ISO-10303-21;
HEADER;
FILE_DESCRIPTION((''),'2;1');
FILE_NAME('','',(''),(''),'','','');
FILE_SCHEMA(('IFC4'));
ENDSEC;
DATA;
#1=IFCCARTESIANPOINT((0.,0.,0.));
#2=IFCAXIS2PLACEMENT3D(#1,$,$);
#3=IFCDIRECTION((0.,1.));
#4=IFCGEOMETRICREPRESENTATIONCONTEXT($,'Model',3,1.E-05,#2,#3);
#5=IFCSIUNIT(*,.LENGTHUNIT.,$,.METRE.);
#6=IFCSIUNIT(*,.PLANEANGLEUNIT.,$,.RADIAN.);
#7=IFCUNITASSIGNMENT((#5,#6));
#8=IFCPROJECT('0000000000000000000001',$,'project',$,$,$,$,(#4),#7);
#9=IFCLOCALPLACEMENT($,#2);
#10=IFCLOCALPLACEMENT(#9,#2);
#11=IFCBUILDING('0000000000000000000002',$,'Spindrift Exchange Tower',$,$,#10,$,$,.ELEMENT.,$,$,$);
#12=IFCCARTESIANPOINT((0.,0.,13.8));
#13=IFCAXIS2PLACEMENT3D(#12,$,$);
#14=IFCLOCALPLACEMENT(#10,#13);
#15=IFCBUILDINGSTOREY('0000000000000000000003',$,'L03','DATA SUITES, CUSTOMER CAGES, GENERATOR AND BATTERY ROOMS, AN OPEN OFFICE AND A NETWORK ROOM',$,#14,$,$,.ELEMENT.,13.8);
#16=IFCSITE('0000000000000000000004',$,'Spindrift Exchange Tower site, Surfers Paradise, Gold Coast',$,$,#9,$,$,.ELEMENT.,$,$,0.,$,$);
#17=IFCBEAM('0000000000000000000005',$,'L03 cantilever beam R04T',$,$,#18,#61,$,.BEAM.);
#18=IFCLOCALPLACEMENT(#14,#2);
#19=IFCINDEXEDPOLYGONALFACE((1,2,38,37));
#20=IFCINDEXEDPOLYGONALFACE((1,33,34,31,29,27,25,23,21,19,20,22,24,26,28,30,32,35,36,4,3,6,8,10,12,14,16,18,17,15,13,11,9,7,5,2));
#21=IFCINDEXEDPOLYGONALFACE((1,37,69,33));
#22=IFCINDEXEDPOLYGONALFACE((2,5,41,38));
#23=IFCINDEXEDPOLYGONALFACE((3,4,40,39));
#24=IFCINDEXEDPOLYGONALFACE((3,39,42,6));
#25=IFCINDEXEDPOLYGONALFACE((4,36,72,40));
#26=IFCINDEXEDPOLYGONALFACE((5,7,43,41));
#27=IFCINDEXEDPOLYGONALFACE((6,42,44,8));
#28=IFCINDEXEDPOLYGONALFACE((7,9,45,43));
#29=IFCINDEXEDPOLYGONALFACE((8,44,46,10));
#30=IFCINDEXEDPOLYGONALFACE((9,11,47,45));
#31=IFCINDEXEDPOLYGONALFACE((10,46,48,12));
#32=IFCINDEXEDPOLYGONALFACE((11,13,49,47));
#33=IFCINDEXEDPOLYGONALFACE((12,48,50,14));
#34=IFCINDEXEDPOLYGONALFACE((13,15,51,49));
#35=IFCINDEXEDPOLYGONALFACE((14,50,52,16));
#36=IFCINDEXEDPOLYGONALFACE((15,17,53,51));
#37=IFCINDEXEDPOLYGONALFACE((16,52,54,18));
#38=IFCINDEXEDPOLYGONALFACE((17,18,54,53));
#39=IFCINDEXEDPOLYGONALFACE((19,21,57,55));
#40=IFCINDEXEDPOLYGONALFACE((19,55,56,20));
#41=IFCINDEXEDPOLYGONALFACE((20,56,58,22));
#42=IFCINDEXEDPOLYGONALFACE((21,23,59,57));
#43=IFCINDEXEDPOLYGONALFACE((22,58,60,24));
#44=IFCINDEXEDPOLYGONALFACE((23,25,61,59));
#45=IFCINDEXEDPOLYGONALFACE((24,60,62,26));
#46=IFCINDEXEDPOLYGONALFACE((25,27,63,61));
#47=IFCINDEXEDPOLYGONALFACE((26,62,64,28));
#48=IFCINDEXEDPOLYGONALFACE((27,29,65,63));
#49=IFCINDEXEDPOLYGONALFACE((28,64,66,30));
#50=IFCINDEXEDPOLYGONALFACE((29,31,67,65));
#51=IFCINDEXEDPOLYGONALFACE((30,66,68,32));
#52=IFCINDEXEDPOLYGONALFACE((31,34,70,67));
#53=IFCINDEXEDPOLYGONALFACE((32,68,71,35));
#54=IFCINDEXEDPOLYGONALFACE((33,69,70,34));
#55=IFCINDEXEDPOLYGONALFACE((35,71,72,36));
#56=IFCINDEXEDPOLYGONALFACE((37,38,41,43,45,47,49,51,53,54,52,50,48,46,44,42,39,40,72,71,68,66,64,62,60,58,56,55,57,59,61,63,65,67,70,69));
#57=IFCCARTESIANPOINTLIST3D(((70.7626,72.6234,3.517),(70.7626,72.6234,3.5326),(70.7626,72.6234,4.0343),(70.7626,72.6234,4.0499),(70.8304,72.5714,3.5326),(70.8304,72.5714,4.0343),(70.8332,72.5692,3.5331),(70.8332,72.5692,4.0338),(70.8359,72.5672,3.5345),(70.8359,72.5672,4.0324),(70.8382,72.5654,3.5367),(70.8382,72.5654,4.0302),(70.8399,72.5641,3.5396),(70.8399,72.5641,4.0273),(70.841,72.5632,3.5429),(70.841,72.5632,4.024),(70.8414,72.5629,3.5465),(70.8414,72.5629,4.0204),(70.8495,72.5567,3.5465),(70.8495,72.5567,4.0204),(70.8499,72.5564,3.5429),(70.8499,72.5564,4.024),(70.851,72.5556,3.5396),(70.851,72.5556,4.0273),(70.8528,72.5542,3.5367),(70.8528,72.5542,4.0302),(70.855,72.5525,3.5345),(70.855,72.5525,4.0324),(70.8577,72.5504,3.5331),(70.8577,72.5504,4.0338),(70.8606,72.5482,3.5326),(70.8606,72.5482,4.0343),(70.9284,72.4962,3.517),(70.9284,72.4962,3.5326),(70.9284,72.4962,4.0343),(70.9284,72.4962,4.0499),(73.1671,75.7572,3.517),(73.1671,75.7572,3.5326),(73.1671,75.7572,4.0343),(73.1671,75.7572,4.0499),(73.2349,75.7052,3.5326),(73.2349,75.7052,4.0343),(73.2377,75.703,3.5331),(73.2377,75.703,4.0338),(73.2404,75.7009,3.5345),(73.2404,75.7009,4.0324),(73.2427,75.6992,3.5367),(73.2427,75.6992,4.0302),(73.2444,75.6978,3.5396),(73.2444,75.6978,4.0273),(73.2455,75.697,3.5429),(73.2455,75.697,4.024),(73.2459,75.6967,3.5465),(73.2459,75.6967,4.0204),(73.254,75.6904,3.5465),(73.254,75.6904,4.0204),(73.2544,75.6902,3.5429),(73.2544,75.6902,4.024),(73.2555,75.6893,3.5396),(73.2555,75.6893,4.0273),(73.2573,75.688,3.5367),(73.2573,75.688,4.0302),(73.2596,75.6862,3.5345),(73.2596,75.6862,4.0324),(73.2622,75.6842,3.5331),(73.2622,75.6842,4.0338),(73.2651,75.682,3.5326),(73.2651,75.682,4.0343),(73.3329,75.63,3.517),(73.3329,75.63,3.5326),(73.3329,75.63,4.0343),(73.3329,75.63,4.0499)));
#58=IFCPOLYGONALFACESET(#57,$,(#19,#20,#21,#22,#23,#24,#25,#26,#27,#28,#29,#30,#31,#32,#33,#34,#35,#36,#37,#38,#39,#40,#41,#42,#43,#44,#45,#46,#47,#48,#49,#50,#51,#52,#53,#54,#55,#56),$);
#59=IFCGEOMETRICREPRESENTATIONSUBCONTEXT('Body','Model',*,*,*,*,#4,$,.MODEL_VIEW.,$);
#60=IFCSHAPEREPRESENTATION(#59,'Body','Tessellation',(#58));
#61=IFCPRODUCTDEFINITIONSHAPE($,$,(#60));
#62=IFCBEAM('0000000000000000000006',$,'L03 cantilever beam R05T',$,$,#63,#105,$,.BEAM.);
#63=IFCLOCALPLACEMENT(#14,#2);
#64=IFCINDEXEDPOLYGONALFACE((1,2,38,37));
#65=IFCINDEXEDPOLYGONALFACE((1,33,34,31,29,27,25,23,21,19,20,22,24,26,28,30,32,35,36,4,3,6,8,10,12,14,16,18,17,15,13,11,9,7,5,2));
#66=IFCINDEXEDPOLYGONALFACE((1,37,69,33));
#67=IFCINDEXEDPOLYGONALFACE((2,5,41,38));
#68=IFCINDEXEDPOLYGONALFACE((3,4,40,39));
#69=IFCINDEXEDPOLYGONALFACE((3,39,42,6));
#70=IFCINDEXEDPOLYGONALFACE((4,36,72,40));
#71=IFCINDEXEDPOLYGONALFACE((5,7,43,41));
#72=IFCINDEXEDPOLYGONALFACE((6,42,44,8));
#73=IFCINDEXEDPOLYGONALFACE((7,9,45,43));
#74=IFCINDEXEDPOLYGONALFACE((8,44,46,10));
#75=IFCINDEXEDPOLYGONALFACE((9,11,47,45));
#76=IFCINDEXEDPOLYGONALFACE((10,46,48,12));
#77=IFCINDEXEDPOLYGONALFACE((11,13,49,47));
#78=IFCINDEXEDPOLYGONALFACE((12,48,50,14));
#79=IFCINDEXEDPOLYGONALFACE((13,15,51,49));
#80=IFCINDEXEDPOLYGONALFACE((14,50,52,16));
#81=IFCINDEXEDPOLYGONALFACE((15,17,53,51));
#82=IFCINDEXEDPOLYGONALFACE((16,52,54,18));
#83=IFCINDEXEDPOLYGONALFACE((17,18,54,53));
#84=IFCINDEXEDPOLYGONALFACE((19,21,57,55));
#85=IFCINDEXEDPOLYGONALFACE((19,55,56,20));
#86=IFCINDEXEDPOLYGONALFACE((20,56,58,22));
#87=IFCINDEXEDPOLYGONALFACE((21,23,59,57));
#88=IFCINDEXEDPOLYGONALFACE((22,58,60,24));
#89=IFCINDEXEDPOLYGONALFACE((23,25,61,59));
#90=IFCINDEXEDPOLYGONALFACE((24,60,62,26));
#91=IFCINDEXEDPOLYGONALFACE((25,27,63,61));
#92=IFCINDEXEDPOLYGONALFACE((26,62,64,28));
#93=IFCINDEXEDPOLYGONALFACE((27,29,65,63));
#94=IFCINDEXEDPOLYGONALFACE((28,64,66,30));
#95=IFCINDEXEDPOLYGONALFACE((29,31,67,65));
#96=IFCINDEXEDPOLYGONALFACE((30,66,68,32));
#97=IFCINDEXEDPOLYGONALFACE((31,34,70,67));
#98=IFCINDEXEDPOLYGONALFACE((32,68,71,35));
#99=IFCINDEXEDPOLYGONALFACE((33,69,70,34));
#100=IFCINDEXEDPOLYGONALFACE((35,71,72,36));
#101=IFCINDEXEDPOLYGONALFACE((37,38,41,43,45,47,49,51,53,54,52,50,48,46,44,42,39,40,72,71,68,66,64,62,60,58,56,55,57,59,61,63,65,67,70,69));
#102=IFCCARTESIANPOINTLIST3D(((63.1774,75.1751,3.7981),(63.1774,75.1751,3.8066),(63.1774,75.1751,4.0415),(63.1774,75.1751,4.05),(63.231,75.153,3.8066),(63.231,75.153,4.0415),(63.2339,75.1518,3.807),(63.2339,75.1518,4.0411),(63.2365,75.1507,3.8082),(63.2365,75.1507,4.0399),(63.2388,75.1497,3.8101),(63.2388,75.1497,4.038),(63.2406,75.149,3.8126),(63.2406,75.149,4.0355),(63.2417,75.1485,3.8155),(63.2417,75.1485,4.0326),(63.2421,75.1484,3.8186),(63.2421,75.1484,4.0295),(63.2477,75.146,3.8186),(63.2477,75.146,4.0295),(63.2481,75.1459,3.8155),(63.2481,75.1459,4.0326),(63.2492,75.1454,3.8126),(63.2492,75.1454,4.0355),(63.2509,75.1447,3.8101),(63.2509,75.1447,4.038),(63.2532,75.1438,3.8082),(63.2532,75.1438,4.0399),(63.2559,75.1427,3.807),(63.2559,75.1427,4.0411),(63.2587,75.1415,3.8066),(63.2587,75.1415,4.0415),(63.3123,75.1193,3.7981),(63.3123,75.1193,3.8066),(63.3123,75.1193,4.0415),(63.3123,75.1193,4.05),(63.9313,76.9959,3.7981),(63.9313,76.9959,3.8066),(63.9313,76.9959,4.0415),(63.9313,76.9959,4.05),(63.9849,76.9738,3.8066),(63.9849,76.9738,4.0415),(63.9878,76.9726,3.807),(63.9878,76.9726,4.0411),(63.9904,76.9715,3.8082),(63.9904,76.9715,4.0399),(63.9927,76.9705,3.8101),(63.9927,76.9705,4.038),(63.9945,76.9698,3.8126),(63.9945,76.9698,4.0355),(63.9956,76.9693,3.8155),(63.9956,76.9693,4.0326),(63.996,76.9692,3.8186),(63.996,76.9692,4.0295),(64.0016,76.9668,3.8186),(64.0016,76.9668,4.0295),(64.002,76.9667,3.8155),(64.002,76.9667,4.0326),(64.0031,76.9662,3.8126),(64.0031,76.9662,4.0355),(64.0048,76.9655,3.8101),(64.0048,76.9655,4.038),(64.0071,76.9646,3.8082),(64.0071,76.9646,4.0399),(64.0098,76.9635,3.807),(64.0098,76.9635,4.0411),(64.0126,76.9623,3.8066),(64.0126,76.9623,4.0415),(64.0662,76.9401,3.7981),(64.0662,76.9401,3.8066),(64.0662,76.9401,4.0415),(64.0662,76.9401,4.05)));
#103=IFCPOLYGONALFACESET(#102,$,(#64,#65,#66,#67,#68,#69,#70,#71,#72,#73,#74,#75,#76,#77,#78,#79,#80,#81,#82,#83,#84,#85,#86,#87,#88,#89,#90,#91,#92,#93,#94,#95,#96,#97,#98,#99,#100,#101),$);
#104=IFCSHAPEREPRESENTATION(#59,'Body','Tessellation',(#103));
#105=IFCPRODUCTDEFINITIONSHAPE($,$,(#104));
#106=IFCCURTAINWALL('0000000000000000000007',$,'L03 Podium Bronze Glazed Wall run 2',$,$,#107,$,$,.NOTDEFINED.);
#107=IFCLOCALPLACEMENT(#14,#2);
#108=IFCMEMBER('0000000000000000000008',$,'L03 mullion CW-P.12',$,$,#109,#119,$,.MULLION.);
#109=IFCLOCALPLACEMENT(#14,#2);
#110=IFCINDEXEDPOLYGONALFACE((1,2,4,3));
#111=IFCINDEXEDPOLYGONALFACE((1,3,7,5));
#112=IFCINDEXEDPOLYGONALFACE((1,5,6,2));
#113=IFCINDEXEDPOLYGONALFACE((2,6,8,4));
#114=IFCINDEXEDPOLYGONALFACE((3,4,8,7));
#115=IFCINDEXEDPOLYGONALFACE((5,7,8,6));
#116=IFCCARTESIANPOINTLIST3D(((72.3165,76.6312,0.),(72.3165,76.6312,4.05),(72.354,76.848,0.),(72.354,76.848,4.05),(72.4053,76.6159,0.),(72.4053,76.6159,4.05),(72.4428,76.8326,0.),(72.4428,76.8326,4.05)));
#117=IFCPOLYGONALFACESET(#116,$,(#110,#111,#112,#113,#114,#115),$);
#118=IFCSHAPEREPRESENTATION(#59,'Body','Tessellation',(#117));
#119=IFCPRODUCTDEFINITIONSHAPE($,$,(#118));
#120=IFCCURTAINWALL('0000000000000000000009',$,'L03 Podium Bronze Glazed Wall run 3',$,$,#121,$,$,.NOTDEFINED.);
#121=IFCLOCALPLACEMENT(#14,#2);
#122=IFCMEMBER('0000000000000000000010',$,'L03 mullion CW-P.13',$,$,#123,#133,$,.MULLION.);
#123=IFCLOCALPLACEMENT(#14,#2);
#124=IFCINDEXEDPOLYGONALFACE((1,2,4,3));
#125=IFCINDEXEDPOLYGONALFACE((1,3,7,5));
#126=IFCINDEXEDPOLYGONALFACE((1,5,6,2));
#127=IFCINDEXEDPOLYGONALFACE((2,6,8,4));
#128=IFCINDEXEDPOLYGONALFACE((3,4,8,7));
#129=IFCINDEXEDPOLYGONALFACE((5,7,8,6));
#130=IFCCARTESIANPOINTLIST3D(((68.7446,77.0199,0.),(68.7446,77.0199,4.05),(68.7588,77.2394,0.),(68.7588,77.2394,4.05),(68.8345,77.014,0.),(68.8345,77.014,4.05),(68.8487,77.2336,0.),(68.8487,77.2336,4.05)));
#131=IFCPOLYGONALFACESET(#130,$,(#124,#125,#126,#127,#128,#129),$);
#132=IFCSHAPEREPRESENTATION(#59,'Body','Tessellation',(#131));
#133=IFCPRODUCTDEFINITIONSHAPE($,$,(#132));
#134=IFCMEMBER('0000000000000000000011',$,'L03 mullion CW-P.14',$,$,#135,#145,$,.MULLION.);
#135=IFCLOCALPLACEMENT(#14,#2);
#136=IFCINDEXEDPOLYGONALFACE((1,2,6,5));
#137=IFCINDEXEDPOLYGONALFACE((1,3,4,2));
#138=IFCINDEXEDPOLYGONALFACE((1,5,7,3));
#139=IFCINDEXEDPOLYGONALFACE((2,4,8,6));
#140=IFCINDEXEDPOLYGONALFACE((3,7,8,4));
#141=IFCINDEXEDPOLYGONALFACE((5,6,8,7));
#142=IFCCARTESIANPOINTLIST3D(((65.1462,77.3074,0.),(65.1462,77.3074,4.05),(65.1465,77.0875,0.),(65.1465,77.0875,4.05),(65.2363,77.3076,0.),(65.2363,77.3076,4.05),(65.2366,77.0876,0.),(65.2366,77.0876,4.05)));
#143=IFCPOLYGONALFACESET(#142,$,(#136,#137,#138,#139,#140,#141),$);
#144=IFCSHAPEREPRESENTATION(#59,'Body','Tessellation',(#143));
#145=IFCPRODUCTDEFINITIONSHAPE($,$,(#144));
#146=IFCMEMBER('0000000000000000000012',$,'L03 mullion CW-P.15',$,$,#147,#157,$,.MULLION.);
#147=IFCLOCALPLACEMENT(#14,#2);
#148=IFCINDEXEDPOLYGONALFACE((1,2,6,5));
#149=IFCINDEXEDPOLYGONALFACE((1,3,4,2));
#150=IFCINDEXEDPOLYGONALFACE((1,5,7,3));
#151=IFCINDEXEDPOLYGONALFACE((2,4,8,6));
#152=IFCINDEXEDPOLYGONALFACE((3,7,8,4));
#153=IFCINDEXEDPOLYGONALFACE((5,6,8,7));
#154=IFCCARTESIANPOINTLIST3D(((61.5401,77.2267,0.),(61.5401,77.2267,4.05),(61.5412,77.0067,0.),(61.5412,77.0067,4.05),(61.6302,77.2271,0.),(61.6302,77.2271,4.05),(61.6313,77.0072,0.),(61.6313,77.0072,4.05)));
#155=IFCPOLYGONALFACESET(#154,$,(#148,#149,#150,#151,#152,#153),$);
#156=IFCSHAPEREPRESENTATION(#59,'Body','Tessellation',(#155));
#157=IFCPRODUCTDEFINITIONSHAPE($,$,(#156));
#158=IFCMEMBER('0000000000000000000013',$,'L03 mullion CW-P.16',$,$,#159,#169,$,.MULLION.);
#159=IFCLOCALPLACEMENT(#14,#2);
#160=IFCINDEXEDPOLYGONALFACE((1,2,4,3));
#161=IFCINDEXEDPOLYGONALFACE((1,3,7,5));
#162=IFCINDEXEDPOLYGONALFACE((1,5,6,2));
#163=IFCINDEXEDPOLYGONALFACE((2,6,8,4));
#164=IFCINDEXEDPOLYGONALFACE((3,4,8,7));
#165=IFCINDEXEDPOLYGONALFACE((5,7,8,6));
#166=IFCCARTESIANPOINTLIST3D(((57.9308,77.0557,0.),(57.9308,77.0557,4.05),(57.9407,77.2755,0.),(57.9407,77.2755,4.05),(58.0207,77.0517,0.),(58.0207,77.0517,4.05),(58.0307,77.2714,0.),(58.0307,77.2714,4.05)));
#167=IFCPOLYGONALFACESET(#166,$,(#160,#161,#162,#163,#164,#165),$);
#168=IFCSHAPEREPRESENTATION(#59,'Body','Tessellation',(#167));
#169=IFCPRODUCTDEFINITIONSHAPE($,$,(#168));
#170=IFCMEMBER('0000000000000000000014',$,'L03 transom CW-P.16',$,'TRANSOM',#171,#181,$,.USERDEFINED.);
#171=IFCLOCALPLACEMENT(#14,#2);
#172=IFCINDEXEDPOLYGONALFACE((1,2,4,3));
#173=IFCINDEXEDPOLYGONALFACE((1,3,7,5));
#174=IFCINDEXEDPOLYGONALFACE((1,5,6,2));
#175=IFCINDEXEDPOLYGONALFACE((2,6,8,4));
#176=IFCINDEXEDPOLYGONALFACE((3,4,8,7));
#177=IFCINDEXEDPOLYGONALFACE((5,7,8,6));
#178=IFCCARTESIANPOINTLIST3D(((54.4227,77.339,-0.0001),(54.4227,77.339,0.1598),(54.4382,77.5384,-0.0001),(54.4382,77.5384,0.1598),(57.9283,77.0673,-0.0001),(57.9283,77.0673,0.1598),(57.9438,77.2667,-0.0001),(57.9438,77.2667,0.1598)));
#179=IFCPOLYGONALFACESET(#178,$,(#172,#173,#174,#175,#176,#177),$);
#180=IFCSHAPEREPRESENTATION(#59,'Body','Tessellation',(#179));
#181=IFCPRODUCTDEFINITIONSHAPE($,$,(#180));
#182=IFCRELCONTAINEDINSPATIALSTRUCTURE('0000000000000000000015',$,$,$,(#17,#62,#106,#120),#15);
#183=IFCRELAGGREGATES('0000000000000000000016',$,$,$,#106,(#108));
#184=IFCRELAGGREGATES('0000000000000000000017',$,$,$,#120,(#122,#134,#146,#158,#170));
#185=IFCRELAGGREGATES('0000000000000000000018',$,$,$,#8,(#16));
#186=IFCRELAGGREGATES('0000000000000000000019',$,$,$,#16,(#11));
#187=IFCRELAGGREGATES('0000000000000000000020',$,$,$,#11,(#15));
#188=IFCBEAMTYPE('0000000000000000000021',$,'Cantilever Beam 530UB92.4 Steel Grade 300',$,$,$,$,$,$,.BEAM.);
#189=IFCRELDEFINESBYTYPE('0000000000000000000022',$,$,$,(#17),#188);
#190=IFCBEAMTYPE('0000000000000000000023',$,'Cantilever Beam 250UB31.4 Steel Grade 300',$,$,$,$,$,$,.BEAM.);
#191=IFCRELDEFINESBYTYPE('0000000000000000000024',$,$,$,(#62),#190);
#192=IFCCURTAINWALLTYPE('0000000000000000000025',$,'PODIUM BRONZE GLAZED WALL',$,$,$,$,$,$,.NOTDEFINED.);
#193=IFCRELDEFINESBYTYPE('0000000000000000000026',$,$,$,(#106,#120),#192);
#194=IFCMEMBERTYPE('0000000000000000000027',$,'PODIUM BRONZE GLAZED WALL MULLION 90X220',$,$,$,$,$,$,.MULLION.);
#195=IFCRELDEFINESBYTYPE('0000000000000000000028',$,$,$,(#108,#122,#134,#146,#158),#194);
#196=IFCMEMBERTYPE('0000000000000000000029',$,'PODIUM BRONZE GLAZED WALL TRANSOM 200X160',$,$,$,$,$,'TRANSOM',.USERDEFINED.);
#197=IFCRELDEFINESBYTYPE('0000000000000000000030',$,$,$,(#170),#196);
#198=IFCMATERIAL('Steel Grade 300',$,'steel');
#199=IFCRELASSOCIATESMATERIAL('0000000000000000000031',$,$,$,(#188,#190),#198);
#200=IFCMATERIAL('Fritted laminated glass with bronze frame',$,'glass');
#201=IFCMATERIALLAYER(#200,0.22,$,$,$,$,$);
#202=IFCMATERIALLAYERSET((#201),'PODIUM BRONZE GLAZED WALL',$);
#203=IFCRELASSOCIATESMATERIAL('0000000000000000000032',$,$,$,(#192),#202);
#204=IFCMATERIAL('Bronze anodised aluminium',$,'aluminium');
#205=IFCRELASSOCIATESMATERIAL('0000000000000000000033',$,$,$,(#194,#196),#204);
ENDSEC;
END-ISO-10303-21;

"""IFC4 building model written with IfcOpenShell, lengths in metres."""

from ifc_helpers import new_model, si_unit, direction, frame, origin, origin_2d, place, context, subcontext, project, spatial, rectangle, i_section, extrude, source, transform, mapped, material, layer, layer_set, material_profile, profile_set, type_object, element, aggregate, save


model = new_model("IFC4")

# Units and contexts
model_context = context("Model", 3, precision=1e-05, world=origin(), true_north=direction((0.0, 1.0)))
body_context = subcontext(model_context, "Body", "Model", "MODEL_VIEW")
ifc_project = project(units=[si_unit("LENGTHUNIT", "METRE"), si_unit("PLANEANGLEUNIT", "RADIAN")], contexts=[model_context])

# Site, building, storey
site_placement = place(None, origin())
site = spatial("IfcSite", under=ifc_project, at=site_placement, Name="Spindrift Exchange Tower site, Surfers Paradise, Gold Coast", CompositionType="ELEMENT", RefElevation=0.0)
building_placement = place(site_placement, origin())
building = spatial("IfcBuilding", under=site, at=building_placement, Name="Spindrift Exchange Tower", CompositionType="ELEMENT")
storey_placement = place(building_placement, frame((0.0, 0.0, 13.8)))
storey = spatial("IfcBuildingStorey", under=building, at=storey_placement, Name="L03", Description="DATA SUITES, CUSTOMER CAGES, GENERATOR AND BATTERY ROOMS, AN OPEN OFFICE AND A NETWORK ROOM", CompositionType="ELEMENT", Elevation=13.8)

# Beams
ifc_material_1 = material(Name="Steel Grade 300", Category="steel")
ifc_material_profile_1 = material_profile(ifc_material_1, i_section(OverallWidth=0.209, OverallDepth=0.533, WebThickness=0.0103, FlangeThickness=0.0156, FilletRadius=0.0139, at=origin_2d()), Name="530UB92.4")
ifc_profile_set_1 = profile_set([ifc_material_profile_1], Name="Steel Grade 300")
beam_type_1 = type_object("IfcBeamType", Name="Cantilever Beam 530UB92.4 Steel Grade 300", PredefinedType="BEAM", material=ifc_profile_set_1)
shared_shape_1 = source(origin(), body_context, "Body", "SweptSolid", [
    extrude(i_section(OverallWidth=0.209, OverallDepth=0.533, WebThickness=0.0103, FlangeThickness=0.0156, FilletRadius=0.0139, at=origin_2d()), origin(), (0.0, 0.0, 1.0), 3.95),
])
beam_1_placement = place(storey_placement, frame((70.8455, 72.5598, 3.7834), z_axis=(0.608746, 0.793366, 0.0), x_axis=(-0.793366, 0.608746, 0.0)))
element("IfcBeam", 1, at=beam_1_placement, inside=storey, type_object=beam_type_1, Name="L03 cantilever beam R04T", PredefinedType="BEAM", context=body_context, shape_type="MappedRepresentation", body=[
    mapped(shared_shape_1, transform((0.0, 0.0, 0.0), scale=1.0)),
])
ifc_material_profile_2 = material_profile(ifc_material_1, i_section(OverallWidth=0.146, OverallDepth=0.252, WebThickness=0.0061, FlangeThickness=0.0085, FilletRadius=0.012, at=origin_2d()), Name="250UB31.4")
ifc_profile_set_2 = profile_set([ifc_material_profile_2], Name="Steel Grade 300")
beam_type_2 = type_object("IfcBeamType", Name="Cantilever Beam 250UB31.4 Steel Grade 300", PredefinedType="BEAM", material=ifc_profile_set_2)
shared_shape_2 = source(origin(), body_context, "Body", "SweptSolid", [
    extrude(i_section(OverallWidth=0.146, OverallDepth=0.252, WebThickness=0.0061, FlangeThickness=0.0085, FilletRadius=0.012, at=origin_2d()), origin(), (0.0, 0.0, 1.0), 1.9707),
])
beam_2_placement = place(storey_placement, frame((63.2449, 75.1472, 3.9241), z_axis=(0.382556, 0.923932, 0.0), x_axis=(-0.923932, 0.382556, 0.0)))
element("IfcBeam", 2, at=beam_2_placement, inside=storey, type_object=beam_type_2, Name="L03 cantilever beam R05T", PredefinedType="BEAM", context=body_context, shape_type="MappedRepresentation", body=[
    mapped(shared_shape_2, transform((0.0, 0.0, 0.0), scale=1.0)),
])

# Curtain wall, member
ifc_material_2 = material(Name="Fritted laminated glass with bronze frame", Category="glass")
ifc_layer_1 = layer(ifc_material_2, 0.22)
ifc_layer_set_1 = layer_set([ifc_layer_1], Name="PODIUM BRONZE GLAZED WALL")
curtain_wall_type = type_object("IfcCurtainWallType", Name="PODIUM BRONZE GLAZED WALL", PredefinedType="NOTDEFINED", material=ifc_layer_set_1)
curtain_wall_1_placement = place(storey_placement, origin())
curtain_wall_1 = element("IfcCurtainWall", 3, at=curtain_wall_1_placement, inside=storey, type_object=curtain_wall_type, Name="L03 Podium Bronze Glazed Wall run 2", PredefinedType="NOTDEFINED")
ifc_material_3 = material(Name="Bronze anodised aluminium", Category="aluminium")
ifc_material_profile_3 = material_profile(ifc_material_3, rectangle(XDim=0.0901, YDim=0.22, at=origin_2d()), Name="PODIUM BRONZE GLAZED WALL MULLION 90X220")
ifc_profile_set_3 = profile_set([ifc_material_profile_3], Name="Bronze anodised aluminium")
member_type_1 = type_object("IfcMemberType", Name="PODIUM BRONZE GLAZED WALL MULLION 90X220", PredefinedType="MULLION", material=ifc_profile_set_3)
shared_shape_3 = source(origin(), body_context, "Body", "SweptSolid", [
    extrude(rectangle(XDim=0.0901, YDim=0.22, at=origin_2d()), origin(), (0.0, 0.0, 1.0), 4.05),
])
member_1_placement = place(storey_placement, frame((72.3796, 76.7319, 0.0), z_axis=(0.0, 0.0, 1.0), x_axis=(-0.985335, 0.170628, 0.0)))
member_1 = element("IfcMember", 4, at=member_1_placement, type_object=member_type_1, Name="L03 mullion CW-P.12", PredefinedType="MULLION", context=body_context, shape_type="MappedRepresentation", body=[
    mapped(shared_shape_3, transform((0.0, 0.0, 0.0), scale=1.0)),
])

# Curtain wall, members
curtain_wall_2_placement = place(storey_placement, origin())
curtain_wall_2 = element("IfcCurtainWall", 5, at=curtain_wall_2_placement, inside=storey, type_object=curtain_wall_type, Name="L03 Podium Bronze Glazed Wall run 3", PredefinedType="NOTDEFINED")
member_2_placement = place(storey_placement, frame((68.7966, 77.1267, 0.0), z_axis=(0.0, 0.0, 1.0), x_axis=(-0.99791, 0.064616, 0.0)))
member_2 = element("IfcMember", 6, at=member_2_placement, type_object=member_type_1, Name="L03 mullion CW-P.13", PredefinedType="MULLION", context=body_context, shape_type="MappedRepresentation", body=[
    mapped(shared_shape_3, transform((0.0, 0.0, 0.0), scale=1.0)),
])
member_3_placement = place(storey_placement, frame((65.1914, 77.1975, 0.0), z_axis=(0.0, 0.0, 1.0), x_axis=(-0.999999, -0.001357, 0.0)))
member_3 = element("IfcMember", 7, at=member_3_placement, type_object=member_type_1, Name="L03 mullion CW-P.14", PredefinedType="MULLION", context=body_context, shape_type="MappedRepresentation", body=[
    mapped(shared_shape_3, transform((0.0, 0.0, 0.0), scale=1.0)),
])
member_4_placement = place(storey_placement, frame((61.5857, 77.1169, 0.0), z_axis=(0.0, 0.0, 1.0), x_axis=(-0.999989, -0.004684, 0.0)))
member_4 = element("IfcMember", 8, at=member_4_placement, type_object=member_type_1, Name="L03 mullion CW-P.15", PredefinedType="MULLION", context=body_context, shape_type="MappedRepresentation", body=[
    mapped(shared_shape_3, transform((0.0, 0.0, 0.0), scale=1.0)),
])
member_5_placement = place(storey_placement, frame((57.9807, 77.1636, 0.0), z_axis=(0.0, 0.0, 1.0), x_axis=(-0.998982, 0.045115, 0.0)))
member_5 = element("IfcMember", 9, at=member_5_placement, type_object=member_type_1, Name="L03 mullion CW-P.16", PredefinedType="MULLION", context=body_context, shape_type="MappedRepresentation", body=[
    mapped(shared_shape_3, transform((0.0, 0.0, 0.0), scale=1.0)),
])
ifc_material_profile_4 = material_profile(ifc_material_3, rectangle(XDim=0.2, YDim=0.1599, at=origin_2d()), Name="PODIUM BRONZE GLAZED WALL TRANSOM 200X160")
ifc_profile_set_4 = profile_set([ifc_material_profile_4], Name="Bronze anodised aluminium")
member_type_2 = type_object("IfcMemberType", Name="PODIUM BRONZE GLAZED WALL TRANSOM 200X160", ElementType="TRANSOM", PredefinedType="USERDEFINED", material=ifc_profile_set_4)
shared_shape_4 = source(origin(), body_context, "Body", "SweptSolid", [
    extrude(rectangle(XDim=0.2, YDim=0.1599, at=origin_2d()), origin(), (0.0, 0.0, 1.0), 3.5161),
])
member_6_placement = place(storey_placement, frame((57.936, 77.167, 0.0798), z_axis=(-0.997009, 0.077281, 0.0), x_axis=(-0.077281, -0.997009, 0.0)))
member_6 = element("IfcMember", 10, at=member_6_placement, type_object=member_type_2, Name="L03 transom CW-P.16", ObjectType="TRANSOM", PredefinedType="USERDEFINED", context=body_context, shape_type="MappedRepresentation", body=[
    mapped(shared_shape_4, transform((0.0, 0.0, 0.0), scale=1.0)),
])

aggregate(curtain_wall_1, [member_1])
aggregate(curtain_wall_2, [member_2, member_3, member_4, member_5, member_6])

save(model, "model.ifc")
